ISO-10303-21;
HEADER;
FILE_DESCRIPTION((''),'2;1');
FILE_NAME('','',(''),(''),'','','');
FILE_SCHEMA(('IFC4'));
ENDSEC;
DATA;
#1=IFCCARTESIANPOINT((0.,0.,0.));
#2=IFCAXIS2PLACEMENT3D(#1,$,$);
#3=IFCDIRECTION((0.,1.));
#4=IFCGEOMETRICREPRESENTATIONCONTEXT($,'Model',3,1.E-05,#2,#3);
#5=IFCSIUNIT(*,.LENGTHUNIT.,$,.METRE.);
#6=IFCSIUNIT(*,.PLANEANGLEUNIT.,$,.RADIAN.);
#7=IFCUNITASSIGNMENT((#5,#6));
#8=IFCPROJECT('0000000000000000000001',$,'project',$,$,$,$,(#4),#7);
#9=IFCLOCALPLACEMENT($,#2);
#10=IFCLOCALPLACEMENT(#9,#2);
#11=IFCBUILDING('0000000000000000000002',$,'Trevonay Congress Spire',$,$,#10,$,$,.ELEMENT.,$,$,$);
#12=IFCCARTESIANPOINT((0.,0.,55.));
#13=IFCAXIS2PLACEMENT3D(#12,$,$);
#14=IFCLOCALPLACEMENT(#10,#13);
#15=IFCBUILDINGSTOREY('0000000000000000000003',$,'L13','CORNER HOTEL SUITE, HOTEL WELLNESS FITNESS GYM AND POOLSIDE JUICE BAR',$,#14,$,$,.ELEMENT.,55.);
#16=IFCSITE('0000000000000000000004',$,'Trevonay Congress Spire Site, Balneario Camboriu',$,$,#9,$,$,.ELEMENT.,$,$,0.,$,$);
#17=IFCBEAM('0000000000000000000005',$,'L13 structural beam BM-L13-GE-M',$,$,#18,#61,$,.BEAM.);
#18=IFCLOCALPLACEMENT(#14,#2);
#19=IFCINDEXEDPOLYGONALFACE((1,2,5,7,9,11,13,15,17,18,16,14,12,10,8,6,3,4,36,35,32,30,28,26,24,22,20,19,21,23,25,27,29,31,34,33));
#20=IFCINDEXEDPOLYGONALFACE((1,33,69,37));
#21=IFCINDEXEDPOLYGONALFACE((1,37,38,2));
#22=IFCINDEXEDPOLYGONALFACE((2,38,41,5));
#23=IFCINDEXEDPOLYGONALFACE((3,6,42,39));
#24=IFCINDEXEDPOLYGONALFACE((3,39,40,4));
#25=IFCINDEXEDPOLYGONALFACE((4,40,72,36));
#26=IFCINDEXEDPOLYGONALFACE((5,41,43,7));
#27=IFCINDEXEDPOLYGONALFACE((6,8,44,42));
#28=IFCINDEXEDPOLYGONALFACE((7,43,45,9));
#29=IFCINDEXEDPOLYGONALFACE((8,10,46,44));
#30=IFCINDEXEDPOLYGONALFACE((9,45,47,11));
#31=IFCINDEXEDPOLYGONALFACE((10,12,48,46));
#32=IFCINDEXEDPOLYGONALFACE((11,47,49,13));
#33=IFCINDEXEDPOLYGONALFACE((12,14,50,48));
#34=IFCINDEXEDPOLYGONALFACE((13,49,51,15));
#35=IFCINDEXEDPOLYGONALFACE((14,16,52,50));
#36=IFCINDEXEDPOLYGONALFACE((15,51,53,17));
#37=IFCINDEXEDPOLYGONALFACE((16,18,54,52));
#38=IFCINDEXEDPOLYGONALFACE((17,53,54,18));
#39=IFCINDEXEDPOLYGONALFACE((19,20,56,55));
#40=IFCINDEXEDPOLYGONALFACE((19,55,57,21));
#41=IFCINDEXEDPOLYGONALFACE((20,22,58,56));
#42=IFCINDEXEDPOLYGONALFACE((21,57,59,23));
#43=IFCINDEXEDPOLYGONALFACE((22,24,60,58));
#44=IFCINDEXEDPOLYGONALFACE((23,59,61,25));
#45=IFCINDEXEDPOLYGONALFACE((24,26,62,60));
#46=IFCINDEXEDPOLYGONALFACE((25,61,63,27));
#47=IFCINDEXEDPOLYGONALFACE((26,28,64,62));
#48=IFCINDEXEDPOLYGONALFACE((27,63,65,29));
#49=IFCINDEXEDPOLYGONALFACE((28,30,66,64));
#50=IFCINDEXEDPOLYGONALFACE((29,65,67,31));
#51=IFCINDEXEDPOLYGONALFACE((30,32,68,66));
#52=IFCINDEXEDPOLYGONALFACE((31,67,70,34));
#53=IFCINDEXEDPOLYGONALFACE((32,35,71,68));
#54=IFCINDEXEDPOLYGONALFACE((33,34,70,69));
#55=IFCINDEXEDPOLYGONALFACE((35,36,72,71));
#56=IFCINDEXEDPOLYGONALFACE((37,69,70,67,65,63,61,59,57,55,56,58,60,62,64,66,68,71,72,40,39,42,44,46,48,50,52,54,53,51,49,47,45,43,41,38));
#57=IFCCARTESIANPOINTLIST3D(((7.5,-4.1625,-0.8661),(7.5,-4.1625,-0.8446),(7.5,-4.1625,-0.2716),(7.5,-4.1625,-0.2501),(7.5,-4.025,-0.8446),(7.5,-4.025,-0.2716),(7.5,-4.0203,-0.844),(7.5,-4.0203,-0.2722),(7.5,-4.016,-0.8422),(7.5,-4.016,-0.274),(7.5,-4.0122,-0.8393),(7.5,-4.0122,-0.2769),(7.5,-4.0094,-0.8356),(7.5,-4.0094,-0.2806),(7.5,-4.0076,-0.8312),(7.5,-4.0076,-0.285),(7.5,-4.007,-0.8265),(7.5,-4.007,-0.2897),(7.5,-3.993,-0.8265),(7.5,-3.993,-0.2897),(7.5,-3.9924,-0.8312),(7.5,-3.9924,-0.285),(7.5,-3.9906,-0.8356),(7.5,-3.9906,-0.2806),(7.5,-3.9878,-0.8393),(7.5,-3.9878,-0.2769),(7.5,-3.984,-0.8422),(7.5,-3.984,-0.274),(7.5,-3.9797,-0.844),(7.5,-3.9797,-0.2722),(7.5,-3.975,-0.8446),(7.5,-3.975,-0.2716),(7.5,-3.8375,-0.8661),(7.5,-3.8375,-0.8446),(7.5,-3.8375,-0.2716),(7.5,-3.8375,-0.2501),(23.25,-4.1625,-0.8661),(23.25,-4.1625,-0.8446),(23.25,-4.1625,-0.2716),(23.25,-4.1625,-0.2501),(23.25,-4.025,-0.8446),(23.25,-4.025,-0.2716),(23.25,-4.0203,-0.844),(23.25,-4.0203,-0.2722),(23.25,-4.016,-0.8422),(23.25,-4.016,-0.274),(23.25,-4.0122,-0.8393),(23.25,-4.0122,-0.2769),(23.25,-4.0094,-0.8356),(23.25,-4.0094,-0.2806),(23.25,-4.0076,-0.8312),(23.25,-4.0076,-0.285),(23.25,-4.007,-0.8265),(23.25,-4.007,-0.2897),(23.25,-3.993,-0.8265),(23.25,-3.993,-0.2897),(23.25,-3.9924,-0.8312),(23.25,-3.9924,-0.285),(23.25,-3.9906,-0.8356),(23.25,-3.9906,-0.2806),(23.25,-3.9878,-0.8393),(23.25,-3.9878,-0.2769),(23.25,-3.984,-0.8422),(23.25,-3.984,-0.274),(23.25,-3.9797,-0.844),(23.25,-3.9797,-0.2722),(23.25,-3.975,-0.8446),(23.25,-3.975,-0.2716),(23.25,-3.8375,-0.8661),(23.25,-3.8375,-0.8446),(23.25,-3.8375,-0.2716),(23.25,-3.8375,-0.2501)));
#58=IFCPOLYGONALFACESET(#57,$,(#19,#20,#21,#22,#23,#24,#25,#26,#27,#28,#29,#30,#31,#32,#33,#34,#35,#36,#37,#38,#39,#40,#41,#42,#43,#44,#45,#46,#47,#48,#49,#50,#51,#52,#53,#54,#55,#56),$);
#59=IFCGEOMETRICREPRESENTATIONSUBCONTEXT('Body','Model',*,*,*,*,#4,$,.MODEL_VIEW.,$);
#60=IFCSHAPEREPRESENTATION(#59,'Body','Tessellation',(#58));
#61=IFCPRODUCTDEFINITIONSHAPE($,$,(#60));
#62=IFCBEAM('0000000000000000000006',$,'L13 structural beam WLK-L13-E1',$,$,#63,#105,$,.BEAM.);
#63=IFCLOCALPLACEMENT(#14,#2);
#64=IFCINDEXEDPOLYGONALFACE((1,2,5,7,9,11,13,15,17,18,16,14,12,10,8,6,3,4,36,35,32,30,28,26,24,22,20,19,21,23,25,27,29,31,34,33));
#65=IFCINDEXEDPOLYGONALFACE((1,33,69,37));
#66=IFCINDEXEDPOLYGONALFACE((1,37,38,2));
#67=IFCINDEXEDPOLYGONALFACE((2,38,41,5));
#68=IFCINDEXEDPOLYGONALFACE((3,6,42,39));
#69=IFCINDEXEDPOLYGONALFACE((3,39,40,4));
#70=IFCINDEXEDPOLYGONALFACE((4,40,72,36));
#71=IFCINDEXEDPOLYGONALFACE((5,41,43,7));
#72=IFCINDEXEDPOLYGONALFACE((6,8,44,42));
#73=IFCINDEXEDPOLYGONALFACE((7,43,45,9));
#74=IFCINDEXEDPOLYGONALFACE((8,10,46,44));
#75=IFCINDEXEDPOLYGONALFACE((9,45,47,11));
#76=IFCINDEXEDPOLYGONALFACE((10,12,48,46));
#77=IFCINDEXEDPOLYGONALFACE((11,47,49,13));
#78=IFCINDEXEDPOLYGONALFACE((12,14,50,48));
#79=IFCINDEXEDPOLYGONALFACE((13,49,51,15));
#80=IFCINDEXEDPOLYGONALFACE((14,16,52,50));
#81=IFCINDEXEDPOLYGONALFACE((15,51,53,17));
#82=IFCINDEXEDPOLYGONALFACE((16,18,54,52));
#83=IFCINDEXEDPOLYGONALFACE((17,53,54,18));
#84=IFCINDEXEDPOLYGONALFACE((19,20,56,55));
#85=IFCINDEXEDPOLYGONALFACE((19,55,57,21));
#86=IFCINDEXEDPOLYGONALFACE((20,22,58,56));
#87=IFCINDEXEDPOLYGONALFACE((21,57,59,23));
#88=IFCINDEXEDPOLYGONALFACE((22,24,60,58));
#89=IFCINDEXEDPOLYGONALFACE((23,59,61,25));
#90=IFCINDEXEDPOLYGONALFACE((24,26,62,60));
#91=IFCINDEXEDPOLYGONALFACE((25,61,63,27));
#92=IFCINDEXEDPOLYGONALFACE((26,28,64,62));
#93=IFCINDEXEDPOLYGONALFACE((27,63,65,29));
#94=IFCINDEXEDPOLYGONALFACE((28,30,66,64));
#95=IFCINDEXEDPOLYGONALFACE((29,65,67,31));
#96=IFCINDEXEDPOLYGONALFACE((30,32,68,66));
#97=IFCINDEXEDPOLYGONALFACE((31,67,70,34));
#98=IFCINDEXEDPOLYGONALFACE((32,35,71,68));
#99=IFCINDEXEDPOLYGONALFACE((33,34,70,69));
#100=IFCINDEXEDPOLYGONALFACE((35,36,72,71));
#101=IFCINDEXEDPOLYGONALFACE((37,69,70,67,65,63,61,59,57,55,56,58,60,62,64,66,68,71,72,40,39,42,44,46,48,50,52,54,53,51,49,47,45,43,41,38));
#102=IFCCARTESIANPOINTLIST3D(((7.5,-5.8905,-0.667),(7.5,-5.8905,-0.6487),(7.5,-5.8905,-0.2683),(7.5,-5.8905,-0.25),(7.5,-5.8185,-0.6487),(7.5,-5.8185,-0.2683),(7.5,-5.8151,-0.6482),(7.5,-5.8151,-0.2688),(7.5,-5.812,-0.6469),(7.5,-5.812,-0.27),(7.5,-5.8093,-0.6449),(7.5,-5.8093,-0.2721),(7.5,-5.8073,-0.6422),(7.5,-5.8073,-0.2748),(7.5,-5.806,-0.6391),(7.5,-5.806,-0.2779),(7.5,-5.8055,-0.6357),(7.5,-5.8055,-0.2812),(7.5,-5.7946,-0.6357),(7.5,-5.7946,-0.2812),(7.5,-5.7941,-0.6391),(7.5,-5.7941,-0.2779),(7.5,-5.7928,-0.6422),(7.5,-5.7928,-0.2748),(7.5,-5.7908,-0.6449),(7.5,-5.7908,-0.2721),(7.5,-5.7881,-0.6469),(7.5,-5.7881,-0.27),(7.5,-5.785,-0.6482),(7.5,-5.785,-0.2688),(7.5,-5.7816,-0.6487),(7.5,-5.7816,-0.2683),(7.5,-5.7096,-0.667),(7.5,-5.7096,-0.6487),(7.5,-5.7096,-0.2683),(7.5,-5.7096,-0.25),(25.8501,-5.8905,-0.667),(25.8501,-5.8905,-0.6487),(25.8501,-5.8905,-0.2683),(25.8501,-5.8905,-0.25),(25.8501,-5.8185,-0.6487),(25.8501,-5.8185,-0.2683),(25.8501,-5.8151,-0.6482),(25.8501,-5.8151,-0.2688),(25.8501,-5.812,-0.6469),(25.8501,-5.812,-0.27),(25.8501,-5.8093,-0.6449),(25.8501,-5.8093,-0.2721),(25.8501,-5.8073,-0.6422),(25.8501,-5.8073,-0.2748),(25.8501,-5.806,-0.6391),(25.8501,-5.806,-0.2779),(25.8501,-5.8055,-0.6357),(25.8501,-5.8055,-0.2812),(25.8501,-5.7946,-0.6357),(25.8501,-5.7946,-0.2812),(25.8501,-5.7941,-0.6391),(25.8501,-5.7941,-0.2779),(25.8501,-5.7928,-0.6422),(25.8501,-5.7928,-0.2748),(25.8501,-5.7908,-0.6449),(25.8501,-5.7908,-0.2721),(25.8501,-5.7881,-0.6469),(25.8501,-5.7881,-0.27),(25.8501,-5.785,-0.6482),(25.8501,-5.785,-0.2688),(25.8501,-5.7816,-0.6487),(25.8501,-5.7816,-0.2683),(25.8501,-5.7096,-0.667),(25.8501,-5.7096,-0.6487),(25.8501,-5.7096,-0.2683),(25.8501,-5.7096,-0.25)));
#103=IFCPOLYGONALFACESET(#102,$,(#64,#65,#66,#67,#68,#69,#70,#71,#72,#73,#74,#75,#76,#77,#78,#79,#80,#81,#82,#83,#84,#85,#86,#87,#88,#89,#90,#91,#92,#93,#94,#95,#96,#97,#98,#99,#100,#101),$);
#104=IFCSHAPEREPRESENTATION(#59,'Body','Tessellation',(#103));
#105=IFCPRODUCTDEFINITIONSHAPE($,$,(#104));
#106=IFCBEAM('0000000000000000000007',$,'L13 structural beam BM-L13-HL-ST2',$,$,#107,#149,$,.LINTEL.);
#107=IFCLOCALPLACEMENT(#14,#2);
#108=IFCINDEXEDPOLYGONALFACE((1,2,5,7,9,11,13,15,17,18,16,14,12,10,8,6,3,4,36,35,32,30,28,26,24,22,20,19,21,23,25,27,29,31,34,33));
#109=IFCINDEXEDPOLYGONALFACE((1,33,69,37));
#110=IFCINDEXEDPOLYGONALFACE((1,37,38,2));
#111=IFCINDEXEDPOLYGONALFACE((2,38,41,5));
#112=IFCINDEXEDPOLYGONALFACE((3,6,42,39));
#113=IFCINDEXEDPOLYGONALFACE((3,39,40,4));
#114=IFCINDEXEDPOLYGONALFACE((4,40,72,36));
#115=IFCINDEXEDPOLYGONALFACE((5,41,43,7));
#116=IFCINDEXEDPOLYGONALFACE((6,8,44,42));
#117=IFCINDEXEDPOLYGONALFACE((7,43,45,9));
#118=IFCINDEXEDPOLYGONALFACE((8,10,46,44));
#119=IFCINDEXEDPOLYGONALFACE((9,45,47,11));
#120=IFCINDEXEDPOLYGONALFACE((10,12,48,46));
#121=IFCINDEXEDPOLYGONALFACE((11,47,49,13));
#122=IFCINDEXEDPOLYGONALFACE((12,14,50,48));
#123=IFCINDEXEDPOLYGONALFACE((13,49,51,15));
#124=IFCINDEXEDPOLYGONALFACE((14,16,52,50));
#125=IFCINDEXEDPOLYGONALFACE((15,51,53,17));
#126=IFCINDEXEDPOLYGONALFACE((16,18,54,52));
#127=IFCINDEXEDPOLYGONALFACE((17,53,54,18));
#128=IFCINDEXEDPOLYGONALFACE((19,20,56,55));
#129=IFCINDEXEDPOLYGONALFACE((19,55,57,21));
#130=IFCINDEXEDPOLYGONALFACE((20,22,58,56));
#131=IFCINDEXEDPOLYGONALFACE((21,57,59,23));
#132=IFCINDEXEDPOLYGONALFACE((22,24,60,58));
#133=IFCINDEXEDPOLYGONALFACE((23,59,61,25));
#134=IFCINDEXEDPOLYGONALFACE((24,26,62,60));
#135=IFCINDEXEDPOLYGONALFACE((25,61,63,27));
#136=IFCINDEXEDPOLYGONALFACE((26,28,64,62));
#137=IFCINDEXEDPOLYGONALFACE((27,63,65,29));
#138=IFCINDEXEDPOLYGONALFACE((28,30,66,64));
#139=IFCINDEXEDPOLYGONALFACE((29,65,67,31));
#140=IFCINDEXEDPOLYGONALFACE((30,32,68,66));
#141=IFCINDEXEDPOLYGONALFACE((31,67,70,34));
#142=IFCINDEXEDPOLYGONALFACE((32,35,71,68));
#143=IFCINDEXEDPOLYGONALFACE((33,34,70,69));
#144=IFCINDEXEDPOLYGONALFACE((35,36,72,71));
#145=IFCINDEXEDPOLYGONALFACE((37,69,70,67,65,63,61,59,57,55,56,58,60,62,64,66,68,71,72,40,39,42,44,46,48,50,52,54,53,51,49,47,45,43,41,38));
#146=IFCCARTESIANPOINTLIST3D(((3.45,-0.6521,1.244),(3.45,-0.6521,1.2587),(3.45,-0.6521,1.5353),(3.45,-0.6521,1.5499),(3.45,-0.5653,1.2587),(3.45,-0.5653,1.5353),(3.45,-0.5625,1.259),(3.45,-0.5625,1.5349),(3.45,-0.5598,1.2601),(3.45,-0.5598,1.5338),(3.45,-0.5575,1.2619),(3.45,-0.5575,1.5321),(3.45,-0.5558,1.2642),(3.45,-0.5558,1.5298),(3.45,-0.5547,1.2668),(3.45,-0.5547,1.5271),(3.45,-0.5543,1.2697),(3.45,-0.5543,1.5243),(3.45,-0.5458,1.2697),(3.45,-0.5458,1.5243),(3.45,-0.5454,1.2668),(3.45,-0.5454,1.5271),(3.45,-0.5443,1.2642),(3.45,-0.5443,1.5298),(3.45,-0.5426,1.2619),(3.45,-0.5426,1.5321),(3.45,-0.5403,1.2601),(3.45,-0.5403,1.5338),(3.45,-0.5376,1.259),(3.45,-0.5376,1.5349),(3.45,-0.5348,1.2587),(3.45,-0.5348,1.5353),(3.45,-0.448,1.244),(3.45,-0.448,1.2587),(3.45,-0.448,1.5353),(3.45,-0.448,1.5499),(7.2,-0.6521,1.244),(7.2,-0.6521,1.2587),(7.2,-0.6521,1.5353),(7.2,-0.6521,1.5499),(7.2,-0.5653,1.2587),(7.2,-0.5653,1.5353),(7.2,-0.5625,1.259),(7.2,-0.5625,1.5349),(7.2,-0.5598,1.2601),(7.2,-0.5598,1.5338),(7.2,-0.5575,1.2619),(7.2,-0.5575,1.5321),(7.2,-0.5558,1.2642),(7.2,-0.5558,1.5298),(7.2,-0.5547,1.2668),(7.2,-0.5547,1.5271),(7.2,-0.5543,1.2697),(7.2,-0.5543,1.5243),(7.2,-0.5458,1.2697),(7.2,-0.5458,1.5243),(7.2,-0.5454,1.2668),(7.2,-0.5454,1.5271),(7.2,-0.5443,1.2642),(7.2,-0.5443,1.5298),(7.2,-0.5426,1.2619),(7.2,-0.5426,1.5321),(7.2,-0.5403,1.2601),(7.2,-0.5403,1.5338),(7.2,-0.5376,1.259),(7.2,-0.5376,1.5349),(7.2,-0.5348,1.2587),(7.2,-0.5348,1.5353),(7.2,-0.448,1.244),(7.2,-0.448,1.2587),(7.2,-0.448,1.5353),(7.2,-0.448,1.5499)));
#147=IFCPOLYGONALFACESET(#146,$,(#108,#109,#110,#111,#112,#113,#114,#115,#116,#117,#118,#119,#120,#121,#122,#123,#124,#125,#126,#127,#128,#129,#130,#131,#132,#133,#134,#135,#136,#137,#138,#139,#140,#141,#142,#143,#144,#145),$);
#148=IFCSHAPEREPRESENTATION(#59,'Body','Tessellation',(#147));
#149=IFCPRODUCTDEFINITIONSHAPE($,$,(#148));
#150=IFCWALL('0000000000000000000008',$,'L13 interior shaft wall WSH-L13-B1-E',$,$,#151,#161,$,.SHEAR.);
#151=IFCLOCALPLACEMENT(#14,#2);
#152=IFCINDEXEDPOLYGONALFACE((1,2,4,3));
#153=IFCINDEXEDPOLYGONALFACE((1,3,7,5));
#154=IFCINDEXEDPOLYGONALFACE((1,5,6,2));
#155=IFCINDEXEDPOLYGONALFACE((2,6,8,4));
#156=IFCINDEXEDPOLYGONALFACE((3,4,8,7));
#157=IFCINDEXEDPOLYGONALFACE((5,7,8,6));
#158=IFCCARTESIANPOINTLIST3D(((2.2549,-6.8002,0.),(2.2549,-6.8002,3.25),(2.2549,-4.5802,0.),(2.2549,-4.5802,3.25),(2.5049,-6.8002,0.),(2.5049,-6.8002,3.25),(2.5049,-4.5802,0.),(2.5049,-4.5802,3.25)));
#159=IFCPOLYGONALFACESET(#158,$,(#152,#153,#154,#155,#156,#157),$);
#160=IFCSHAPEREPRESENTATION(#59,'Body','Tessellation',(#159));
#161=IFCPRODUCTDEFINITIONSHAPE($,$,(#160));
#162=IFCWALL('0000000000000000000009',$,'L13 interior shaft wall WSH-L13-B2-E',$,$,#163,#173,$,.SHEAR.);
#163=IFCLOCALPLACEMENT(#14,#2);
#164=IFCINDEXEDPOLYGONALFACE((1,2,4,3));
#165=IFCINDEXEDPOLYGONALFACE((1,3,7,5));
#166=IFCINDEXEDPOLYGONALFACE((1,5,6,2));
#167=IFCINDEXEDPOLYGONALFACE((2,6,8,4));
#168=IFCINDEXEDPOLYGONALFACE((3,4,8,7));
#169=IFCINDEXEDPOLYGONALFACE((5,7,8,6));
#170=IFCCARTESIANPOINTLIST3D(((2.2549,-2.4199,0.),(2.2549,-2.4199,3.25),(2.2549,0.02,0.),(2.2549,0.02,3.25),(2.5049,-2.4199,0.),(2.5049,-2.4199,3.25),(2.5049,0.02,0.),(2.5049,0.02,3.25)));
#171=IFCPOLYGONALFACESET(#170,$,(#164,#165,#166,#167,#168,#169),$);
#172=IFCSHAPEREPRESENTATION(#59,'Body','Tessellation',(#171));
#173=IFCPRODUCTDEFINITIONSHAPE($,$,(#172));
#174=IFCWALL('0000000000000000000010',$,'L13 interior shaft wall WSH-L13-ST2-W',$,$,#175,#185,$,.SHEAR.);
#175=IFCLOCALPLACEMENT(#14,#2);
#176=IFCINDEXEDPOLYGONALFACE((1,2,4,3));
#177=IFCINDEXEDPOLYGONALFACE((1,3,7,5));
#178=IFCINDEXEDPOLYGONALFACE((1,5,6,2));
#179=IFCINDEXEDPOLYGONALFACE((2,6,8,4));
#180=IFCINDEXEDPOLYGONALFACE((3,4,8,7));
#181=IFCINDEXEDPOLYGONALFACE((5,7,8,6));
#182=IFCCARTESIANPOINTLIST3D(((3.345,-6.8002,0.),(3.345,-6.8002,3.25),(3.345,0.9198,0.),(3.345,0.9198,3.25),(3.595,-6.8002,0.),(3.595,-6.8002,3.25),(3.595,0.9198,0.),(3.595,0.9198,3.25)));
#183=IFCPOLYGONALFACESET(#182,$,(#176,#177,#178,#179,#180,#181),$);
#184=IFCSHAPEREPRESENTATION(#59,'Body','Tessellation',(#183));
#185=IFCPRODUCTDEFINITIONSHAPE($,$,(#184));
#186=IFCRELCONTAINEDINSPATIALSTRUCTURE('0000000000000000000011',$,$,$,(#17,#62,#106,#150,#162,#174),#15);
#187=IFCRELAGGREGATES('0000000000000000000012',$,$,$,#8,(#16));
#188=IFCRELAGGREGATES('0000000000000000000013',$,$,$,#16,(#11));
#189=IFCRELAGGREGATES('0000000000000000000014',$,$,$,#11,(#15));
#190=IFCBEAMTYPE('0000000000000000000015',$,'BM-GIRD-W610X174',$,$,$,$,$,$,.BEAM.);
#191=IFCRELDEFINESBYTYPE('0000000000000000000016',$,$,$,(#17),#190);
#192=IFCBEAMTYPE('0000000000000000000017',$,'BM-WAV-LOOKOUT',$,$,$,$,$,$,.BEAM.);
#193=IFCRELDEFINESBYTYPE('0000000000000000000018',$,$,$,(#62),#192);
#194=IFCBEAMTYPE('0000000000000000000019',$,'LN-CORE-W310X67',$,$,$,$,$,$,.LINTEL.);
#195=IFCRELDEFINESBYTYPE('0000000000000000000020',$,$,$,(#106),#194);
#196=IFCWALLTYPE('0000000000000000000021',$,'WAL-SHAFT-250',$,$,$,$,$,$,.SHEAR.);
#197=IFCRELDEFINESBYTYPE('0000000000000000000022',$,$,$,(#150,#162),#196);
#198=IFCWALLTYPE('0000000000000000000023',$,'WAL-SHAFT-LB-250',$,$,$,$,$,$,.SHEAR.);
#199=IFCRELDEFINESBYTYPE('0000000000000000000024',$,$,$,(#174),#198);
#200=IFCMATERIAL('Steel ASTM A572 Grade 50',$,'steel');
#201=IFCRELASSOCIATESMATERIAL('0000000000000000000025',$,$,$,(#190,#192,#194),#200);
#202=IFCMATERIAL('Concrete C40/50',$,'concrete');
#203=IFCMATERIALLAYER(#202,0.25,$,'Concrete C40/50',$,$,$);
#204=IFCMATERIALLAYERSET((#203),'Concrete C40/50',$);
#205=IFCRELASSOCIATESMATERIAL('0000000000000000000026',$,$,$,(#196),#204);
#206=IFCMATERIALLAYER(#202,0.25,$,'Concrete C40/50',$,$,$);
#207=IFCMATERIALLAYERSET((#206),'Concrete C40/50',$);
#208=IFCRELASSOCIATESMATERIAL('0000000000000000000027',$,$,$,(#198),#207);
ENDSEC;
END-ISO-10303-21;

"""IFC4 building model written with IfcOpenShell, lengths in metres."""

from ifc_helpers import new_model, si_unit, direction, frame, frame_2d, origin, origin_2d, place, context, subcontext, project, spatial, rectangle, i_section, extrude, material, layer, layer_set, material_profile, profile_set, type_object, element, save


model = new_model("IFC4")

# Units and contexts
model_context = context("Model", 3, precision=1e-05, world=origin(), true_north=direction((0.0, 1.0)))
body_context = subcontext(model_context, "Body", "Model", "MODEL_VIEW")
ifc_project = project(units=[si_unit("LENGTHUNIT", "METRE"), si_unit("PLANEANGLEUNIT", "RADIAN")], contexts=[model_context])

# Site, building, storey
site_placement = place(None, origin())
site = spatial("IfcSite", under=ifc_project, at=site_placement, Name="Trevonay Congress Spire Site, Balneario Camboriu", CompositionType="ELEMENT", RefElevation=0.0)
building_placement = place(site_placement, origin())
building = spatial("IfcBuilding", under=site, at=building_placement, Name="Trevonay Congress Spire", CompositionType="ELEMENT")
storey_placement = place(building_placement, frame((0.0, 0.0, 55.0)))
storey = spatial("IfcBuildingStorey", under=building, at=storey_placement, Name="L13", Description="CORNER HOTEL SUITE, HOTEL WELLNESS FITNESS GYM AND POOLSIDE JUICE BAR", CompositionType="ELEMENT", Elevation=55.0)

# Beams
ifc_material_1 = material(Name="Steel ASTM A572 Grade 50", Category="steel")
ifc_material_profile_1 = material_profile(ifc_material_1, i_section(OverallWidth=0.325, OverallDepth=0.616, WebThickness=0.0139, FlangeThickness=0.0215, FilletRadius=0.0181, at=origin_2d()), Name="W610x174")
ifc_profile_set_1 = profile_set([ifc_material_profile_1], Name="Steel ASTM A572 Grade 50")
beam_type_1 = type_object("IfcBeamType", Name="BM-GIRD-W610X174", PredefinedType="BEAM", material=ifc_profile_set_1)
beam_1_placement = place(storey_placement, frame((7.5, -4.0, -0.5581), z_axis=(1.0, 0.0, 0.0), x_axis=(0.0, 1.0, 0.0)))
element("IfcBeam", 1, at=beam_1_placement, inside=storey, type_object=beam_type_1, Name="L13 structural beam BM-L13-GE-M", PredefinedType="BEAM", context=body_context, shape_type="SweptSolid", body=[
    extrude(i_section(OverallWidth=0.325, OverallDepth=0.616, WebThickness=0.0139, FlangeThickness=0.0215, FilletRadius=0.0181, at=origin_2d()), origin(), (0.0, 0.0, 1.0), 15.75),
])
ifc_material_profile_2 = material_profile(ifc_material_1, i_section(OverallWidth=0.1809, OverallDepth=0.417, WebThickness=0.011, FlangeThickness=0.0183, FilletRadius=0.0129, at=origin_2d()), Name="W410x85")
ifc_profile_set_2 = profile_set([ifc_material_profile_2], Name="Steel ASTM A572 Grade 50")
beam_type_2 = type_object("IfcBeamType", Name="BM-WAV-LOOKOUT", PredefinedType="BEAM", material=ifc_profile_set_2)
beam_2_placement = place(storey_placement, frame((7.5, -5.8, -0.4585), z_axis=(1.0, 0.0, 0.0), x_axis=(0.0, 1.0, 0.0)))
element("IfcBeam", 2, at=beam_2_placement, inside=storey, type_object=beam_type_2, Name="L13 structural beam WLK-L13-E1", PredefinedType="BEAM", context=body_context, shape_type="SweptSolid", body=[
    extrude(i_section(OverallWidth=0.1809, OverallDepth=0.417, WebThickness=0.011, FlangeThickness=0.0183, FilletRadius=0.0129, at=origin_2d()), origin(), (0.0, 0.0, 1.0), 18.3501),
])
ifc_material_profile_3 = material_profile(ifc_material_1, i_section(OverallWidth=0.2041, OverallDepth=0.3059, WebThickness=0.0085, FlangeThickness=0.0146, FilletRadius=0.011, at=origin_2d()), Name="W310x67")
ifc_profile_set_3 = profile_set([ifc_material_profile_3], Name="Steel ASTM A572 Grade 50")
beam_type_3 = type_object("IfcBeamType", Name="LN-CORE-W310X67", PredefinedType="LINTEL", material=ifc_profile_set_3)
beam_3_placement = place(storey_placement, frame((3.45, -0.55, 1.397), z_axis=(1.0, 0.0, 0.0), x_axis=(0.0, 1.0, 0.0)))
element("IfcBeam", 3, at=beam_3_placement, inside=storey, type_object=beam_type_3, Name="L13 structural beam BM-L13-HL-ST2", PredefinedType="LINTEL", context=body_context, shape_type="SweptSolid", body=[
    extrude(i_section(OverallWidth=0.2041, OverallDepth=0.3059, WebThickness=0.0085, FlangeThickness=0.0146, FilletRadius=0.011, at=origin_2d()), origin(), (0.0, 0.0, 1.0), 3.75),
])

# Walls
ifc_material_2 = material(Name="Concrete C40/50", Category="concrete")
ifc_layer_1 = layer(ifc_material_2, 0.25, Name="Concrete C40/50")
ifc_layer_set_1 = layer_set([ifc_layer_1], Name="Concrete C40/50")
wall_type_1 = type_object("IfcWallType", Name="WAL-SHAFT-250", PredefinedType="SHEAR", material=ifc_layer_set_1)
wall_1_placement = place(storey_placement, frame((2.3799, -6.8, 0.0), z_axis=(0.0, 0.0, 1.0), x_axis=(0.0, 1.0, 0.0)))
element("IfcWall", 4, at=wall_1_placement, inside=storey, type_object=wall_type_1, Name="L13 interior shaft wall WSH-L13-B1-E", PredefinedType="SHEAR", context=body_context, shape_type="SweptSolid", body=[
    extrude(rectangle(XDim=2.22, YDim=0.25, at=frame_2d((1.1099, 0.0))), origin(), (0.0, 0.0, 1.0), 3.25),
])
wall_2_placement = place(storey_placement, frame((2.3799, -2.4199, 0.0), z_axis=(0.0, 0.0, 1.0), x_axis=(0.0, 1.0, 0.0)))
element("IfcWall", 5, at=wall_2_placement, inside=storey, type_object=wall_type_1, Name="L13 interior shaft wall WSH-L13-B2-E", PredefinedType="SHEAR", context=body_context, shape_type="SweptSolid", body=[
    extrude(rectangle(XDim=2.4399, YDim=0.25, at=frame_2d((1.22, 0.0))), origin(), (0.0, 0.0, 1.0), 3.25),
])
ifc_layer_2 = layer(ifc_material_2, 0.25, Name="Concrete C40/50")
ifc_layer_set_2 = layer_set([ifc_layer_2], Name="Concrete C40/50")
wall_type_2 = type_object("IfcWallType", Name="WAL-SHAFT-LB-250", PredefinedType="SHEAR", material=ifc_layer_set_2)
wall_3_placement = place(storey_placement, frame((3.47, -6.8, 0.0), z_axis=(0.0, 0.0, 1.0), x_axis=(0.0, 1.0, 0.0)))
element("IfcWall", 6, at=wall_3_placement, inside=storey, type_object=wall_type_2, Name="L13 interior shaft wall WSH-L13-ST2-W", PredefinedType="SHEAR", context=body_context, shape_type="SweptSolid", body=[
    extrude(rectangle(XDim=7.72, YDim=0.25, at=frame_2d((3.8599, 0.0))), origin(), (0.0, 0.0, 1.0), 3.25),
])

save(model, "model.ifc")
